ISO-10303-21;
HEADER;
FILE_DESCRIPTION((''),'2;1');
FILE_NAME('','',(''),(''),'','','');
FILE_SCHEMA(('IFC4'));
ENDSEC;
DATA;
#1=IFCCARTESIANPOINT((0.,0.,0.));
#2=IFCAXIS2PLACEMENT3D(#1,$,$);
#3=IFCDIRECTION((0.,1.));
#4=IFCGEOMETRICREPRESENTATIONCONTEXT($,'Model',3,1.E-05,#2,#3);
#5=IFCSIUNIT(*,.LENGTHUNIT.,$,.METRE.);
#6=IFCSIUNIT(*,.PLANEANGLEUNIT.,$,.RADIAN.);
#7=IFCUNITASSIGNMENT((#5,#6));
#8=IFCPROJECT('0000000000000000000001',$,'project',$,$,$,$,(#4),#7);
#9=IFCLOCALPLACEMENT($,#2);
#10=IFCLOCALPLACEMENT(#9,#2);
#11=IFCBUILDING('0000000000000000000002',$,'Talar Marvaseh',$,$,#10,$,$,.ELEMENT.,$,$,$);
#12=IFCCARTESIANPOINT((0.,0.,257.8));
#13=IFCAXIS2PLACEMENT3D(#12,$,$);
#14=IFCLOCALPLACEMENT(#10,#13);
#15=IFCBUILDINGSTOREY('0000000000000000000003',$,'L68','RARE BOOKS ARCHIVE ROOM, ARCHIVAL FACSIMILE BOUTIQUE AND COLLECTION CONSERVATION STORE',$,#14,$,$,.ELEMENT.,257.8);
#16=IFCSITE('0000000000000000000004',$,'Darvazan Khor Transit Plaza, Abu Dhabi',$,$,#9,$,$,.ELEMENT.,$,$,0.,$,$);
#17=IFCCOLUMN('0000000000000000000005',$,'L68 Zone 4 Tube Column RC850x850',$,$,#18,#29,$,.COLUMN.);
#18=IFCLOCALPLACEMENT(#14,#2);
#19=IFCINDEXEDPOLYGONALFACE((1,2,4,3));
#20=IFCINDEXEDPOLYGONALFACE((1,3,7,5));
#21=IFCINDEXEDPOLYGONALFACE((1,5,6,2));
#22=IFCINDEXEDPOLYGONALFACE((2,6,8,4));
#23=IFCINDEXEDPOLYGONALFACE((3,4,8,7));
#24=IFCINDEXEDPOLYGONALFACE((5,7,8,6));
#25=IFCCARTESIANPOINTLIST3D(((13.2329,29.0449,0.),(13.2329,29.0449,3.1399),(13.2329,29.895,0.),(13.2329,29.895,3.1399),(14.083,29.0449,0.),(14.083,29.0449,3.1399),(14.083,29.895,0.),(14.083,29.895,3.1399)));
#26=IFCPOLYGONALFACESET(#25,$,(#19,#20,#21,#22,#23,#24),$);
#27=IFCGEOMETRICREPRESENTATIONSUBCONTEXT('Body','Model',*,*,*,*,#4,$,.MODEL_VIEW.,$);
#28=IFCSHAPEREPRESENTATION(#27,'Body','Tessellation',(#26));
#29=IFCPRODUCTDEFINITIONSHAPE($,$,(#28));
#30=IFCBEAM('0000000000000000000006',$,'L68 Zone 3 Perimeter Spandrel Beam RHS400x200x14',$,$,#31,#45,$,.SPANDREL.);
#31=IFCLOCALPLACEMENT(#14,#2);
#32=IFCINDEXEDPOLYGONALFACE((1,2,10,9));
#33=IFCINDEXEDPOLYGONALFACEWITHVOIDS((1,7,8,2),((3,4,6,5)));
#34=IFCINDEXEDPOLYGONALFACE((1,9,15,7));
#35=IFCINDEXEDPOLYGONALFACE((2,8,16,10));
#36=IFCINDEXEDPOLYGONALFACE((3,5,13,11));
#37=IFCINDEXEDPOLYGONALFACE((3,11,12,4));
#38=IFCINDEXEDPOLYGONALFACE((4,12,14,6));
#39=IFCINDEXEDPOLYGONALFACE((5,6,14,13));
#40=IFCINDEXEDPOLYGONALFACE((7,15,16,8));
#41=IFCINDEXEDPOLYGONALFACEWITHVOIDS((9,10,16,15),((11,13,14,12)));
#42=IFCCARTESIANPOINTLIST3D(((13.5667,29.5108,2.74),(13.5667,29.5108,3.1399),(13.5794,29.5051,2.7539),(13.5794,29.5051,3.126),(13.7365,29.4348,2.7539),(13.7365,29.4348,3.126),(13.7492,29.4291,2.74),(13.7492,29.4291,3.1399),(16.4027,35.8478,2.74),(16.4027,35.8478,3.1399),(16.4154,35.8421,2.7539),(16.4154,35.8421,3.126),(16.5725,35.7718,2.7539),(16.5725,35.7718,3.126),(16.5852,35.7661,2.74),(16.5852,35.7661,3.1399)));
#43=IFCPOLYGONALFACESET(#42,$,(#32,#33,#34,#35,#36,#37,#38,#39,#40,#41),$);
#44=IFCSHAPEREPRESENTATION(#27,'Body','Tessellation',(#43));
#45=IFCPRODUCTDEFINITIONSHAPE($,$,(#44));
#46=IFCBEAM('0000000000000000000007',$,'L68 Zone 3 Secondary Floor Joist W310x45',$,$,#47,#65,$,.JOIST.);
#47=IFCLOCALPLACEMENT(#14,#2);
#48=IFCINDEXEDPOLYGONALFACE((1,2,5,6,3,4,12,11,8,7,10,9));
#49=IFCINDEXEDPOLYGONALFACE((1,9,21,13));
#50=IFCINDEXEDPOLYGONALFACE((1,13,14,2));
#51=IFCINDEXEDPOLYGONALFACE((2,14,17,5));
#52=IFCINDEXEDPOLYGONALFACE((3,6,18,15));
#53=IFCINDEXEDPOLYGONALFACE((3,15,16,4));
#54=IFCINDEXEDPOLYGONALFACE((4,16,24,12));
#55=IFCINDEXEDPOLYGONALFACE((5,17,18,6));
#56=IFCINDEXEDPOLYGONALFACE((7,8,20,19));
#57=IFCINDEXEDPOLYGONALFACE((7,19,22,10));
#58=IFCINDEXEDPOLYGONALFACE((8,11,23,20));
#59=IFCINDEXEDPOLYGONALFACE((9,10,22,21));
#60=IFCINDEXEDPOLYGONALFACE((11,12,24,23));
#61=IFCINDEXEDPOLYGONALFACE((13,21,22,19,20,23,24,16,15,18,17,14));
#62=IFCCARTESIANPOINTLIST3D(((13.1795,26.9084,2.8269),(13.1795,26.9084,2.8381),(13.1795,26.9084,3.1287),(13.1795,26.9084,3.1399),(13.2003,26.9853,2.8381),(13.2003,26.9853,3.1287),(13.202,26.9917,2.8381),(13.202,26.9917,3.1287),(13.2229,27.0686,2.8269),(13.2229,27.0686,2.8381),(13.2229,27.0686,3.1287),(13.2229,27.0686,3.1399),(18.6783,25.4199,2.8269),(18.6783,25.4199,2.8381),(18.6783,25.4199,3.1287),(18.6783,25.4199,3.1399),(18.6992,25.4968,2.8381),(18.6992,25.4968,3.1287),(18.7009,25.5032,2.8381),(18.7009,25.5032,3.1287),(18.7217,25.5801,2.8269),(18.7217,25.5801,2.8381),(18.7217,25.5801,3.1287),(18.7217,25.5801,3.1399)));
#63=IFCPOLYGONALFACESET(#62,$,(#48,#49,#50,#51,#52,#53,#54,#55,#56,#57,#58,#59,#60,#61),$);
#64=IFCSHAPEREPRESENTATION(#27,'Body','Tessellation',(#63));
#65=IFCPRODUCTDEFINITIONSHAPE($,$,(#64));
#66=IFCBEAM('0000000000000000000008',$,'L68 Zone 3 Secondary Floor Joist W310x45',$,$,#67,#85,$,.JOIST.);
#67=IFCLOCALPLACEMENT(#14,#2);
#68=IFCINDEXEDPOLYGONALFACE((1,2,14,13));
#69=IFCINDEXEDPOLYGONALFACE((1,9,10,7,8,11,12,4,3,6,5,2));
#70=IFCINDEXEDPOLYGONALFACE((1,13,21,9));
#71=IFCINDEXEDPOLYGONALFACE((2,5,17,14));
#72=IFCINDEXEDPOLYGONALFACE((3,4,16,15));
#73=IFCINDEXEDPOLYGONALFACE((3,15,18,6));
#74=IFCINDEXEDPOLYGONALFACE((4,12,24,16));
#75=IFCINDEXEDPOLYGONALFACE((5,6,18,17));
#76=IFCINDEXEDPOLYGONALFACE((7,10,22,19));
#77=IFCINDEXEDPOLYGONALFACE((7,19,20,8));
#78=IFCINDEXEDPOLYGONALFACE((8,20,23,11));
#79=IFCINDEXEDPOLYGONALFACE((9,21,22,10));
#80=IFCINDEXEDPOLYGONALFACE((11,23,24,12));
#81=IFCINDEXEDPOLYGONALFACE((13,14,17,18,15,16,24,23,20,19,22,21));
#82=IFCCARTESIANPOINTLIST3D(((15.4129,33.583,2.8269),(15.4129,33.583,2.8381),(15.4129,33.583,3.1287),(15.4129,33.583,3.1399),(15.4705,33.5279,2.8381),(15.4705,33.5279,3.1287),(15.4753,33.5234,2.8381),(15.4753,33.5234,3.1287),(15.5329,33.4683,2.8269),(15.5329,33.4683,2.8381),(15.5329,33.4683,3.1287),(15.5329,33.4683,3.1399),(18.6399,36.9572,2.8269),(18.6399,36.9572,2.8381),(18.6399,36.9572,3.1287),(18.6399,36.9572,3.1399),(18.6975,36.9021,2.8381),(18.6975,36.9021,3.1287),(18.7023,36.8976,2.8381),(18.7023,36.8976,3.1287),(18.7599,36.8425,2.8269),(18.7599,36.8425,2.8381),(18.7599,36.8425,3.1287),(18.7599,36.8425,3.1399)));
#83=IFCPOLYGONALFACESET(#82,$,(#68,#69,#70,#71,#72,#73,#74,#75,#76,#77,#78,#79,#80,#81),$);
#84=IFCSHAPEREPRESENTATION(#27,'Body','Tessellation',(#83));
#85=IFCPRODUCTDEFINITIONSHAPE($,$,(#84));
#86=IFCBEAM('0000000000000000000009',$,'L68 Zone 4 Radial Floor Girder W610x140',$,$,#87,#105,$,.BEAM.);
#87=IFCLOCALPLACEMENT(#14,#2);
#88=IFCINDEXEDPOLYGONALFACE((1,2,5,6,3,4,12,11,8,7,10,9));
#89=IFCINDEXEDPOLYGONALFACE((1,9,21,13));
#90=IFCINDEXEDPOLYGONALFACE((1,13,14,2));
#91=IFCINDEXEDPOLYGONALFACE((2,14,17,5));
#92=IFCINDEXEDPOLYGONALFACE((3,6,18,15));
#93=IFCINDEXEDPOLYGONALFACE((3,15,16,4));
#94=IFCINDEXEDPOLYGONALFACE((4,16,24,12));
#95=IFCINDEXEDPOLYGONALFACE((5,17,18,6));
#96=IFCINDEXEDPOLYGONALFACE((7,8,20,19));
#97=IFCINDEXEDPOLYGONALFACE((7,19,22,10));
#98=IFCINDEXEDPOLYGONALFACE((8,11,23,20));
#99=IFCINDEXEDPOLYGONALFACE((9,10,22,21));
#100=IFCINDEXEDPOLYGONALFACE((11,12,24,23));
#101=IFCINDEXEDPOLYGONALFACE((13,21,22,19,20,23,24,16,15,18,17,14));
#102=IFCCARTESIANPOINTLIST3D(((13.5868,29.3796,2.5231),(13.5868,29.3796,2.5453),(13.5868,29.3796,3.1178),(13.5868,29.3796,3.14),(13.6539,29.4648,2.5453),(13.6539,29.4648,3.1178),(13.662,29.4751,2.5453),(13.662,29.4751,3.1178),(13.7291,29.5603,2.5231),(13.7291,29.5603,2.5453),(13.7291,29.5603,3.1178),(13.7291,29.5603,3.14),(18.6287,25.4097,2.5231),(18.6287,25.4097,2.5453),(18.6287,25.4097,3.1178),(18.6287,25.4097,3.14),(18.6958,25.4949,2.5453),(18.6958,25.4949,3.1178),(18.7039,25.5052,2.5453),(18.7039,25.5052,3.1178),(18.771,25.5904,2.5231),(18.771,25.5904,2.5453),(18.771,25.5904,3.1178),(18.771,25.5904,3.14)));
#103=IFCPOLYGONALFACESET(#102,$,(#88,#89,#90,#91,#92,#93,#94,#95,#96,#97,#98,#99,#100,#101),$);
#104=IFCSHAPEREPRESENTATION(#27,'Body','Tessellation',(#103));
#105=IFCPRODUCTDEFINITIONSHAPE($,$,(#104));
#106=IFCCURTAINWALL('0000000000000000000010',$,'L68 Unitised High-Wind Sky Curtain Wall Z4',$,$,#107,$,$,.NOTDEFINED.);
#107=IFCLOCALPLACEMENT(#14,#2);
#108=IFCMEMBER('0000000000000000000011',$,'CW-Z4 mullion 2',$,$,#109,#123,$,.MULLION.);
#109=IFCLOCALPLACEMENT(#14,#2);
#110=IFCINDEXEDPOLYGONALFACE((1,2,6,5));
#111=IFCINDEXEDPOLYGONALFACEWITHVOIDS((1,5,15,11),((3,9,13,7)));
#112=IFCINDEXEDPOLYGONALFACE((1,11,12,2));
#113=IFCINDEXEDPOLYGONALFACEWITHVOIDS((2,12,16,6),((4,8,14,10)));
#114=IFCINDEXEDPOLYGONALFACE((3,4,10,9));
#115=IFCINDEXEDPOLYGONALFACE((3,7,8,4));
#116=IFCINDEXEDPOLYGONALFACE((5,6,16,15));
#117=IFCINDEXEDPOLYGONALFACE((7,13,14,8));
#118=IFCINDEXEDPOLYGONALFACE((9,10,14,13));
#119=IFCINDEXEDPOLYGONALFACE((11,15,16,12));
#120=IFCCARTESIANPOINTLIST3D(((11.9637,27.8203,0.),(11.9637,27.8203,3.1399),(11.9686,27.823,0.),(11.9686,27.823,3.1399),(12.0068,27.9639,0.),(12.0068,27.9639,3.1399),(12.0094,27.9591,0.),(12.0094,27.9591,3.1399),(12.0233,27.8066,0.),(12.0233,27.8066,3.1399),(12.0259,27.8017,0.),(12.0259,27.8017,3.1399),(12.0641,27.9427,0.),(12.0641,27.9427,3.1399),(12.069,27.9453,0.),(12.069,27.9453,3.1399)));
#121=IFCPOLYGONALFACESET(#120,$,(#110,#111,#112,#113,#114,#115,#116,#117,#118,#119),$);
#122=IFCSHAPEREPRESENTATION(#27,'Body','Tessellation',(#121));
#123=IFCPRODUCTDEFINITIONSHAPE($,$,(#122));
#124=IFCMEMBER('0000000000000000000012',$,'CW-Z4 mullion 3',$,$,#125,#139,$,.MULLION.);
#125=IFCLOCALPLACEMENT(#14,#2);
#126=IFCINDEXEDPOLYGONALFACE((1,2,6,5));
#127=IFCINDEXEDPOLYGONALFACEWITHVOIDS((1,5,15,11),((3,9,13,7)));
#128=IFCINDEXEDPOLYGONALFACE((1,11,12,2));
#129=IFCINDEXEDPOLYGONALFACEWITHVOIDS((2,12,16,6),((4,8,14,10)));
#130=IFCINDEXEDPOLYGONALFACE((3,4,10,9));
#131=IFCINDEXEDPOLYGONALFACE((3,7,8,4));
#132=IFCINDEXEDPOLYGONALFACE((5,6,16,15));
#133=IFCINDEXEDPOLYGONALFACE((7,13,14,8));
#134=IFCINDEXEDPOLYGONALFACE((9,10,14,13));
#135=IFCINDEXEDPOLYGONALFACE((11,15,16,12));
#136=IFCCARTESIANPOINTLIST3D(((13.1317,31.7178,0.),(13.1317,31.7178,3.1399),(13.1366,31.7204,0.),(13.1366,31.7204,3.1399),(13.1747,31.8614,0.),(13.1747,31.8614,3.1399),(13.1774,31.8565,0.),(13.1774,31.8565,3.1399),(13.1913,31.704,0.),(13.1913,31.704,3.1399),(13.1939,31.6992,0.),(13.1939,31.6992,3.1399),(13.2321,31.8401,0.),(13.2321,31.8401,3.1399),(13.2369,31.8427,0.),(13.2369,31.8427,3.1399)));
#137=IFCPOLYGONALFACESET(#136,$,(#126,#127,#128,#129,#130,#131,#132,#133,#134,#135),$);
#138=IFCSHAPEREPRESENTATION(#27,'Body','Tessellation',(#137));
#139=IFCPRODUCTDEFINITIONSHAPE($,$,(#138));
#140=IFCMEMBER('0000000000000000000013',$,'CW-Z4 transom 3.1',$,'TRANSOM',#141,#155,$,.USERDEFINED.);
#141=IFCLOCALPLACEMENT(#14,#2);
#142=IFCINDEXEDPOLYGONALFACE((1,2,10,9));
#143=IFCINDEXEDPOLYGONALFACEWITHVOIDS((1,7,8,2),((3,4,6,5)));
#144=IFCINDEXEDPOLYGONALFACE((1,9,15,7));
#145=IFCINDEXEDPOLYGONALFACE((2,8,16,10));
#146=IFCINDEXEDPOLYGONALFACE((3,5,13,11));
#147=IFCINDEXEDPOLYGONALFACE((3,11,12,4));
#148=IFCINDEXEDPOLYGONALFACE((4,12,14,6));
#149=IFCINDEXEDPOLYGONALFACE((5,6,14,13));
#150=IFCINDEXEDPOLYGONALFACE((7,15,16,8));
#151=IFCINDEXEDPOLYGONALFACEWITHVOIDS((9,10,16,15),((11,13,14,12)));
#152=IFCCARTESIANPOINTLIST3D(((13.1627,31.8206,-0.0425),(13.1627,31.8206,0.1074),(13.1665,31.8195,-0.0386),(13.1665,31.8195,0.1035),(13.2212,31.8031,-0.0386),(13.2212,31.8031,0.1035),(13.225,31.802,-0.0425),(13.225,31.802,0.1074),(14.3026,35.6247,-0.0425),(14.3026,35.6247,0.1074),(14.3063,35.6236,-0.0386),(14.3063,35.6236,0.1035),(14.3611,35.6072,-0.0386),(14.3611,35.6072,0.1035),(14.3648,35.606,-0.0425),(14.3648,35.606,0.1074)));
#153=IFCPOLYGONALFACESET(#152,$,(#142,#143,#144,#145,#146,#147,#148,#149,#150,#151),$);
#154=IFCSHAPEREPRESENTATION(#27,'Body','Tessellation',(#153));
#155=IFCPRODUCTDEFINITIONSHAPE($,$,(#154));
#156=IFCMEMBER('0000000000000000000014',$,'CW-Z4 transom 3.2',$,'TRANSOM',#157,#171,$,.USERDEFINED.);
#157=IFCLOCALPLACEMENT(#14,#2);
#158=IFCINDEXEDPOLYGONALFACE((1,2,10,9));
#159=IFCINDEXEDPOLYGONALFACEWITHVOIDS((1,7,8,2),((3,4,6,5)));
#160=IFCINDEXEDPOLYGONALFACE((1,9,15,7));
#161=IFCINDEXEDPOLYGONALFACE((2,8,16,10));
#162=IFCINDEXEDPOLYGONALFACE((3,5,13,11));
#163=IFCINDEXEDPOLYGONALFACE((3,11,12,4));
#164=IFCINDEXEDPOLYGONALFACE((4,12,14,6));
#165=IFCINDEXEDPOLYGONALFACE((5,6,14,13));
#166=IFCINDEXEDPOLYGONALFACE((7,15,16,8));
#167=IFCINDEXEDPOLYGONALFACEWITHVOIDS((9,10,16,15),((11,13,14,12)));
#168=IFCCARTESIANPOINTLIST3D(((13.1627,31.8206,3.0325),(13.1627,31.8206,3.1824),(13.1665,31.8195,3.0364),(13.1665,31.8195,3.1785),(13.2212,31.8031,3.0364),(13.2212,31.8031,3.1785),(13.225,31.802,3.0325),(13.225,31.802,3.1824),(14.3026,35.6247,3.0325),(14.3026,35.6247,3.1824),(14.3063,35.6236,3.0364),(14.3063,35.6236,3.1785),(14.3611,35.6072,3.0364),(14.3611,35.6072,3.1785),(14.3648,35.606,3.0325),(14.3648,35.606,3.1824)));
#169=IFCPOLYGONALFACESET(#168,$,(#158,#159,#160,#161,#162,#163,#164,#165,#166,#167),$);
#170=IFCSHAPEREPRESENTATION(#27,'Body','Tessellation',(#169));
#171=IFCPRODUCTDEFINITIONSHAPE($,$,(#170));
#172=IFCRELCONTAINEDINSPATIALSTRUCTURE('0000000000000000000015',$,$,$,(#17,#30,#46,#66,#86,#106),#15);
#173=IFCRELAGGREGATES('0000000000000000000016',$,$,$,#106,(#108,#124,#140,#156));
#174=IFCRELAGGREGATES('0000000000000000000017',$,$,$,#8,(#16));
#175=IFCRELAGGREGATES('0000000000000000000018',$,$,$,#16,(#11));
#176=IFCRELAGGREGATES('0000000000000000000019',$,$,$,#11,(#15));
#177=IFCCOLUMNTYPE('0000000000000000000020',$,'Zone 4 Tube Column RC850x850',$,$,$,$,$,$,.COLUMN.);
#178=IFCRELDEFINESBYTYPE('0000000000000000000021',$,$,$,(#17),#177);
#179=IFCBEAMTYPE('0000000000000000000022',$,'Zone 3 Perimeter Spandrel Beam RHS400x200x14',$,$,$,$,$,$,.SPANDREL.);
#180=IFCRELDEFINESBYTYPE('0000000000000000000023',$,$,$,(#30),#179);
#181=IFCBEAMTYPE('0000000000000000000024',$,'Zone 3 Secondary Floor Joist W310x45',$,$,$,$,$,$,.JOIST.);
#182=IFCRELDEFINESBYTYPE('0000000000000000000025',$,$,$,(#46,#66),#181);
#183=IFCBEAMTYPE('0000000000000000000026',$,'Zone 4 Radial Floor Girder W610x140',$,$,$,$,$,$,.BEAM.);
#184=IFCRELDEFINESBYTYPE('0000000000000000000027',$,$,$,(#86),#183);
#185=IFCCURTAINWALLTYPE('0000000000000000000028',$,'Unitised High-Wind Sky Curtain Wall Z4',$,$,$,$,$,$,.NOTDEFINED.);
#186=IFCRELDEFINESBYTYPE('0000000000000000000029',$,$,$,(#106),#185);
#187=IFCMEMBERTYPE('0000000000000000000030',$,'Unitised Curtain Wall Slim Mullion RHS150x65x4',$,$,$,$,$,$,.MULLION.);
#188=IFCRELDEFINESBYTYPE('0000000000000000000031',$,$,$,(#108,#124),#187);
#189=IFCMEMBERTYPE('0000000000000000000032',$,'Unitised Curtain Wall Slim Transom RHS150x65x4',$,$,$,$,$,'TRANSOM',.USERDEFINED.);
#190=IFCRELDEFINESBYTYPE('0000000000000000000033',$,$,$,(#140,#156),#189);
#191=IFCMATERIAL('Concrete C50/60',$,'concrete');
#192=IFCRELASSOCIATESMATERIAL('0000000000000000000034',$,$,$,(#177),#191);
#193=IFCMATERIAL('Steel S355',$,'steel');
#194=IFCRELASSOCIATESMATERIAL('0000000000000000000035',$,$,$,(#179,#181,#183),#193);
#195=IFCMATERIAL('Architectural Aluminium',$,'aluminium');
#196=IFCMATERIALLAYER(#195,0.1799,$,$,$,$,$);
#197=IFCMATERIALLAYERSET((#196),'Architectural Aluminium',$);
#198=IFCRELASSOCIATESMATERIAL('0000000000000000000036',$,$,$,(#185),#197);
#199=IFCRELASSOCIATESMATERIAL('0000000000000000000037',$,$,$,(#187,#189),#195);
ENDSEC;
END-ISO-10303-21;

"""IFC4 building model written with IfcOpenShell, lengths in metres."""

from ifc_helpers import new_model, si_unit, direction, frame, origin, origin_2d, place, context, subcontext, project, spatial, rectangle, hollow_rectangle, i_section, extrude, source, transform, mapped, material, layer, layer_set, material_profile, profile_set, type_object, type_shapes, element, aggregate, save


model = new_model("IFC4")

# Units and contexts
model_context = context("Model", 3, precision=1e-05, world=origin(), true_north=direction((0.0, 1.0)))
body_context = subcontext(model_context, "Body", "Model", "MODEL_VIEW")
ifc_project = project(units=[si_unit("LENGTHUNIT", "METRE"), si_unit("PLANEANGLEUNIT", "RADIAN")], contexts=[model_context])

# Site, building, storey
site_placement = place(None, origin())
site = spatial("IfcSite", under=ifc_project, at=site_placement, Name="Darvazan Khor Transit Plaza, Abu Dhabi", CompositionType="ELEMENT", RefElevation=0.0)
building_placement = place(site_placement, origin())
building = spatial("IfcBuilding", under=site, at=building_placement, Name="Talar Marvaseh", CompositionType="ELEMENT")
storey_placement = place(building_placement, frame((0.0, 0.0, 257.8)))
storey = spatial("IfcBuildingStorey", under=building, at=storey_placement, Name="L68", Description="RARE BOOKS ARCHIVE ROOM, ARCHIVAL FACSIMILE BOUTIQUE AND COLLECTION CONSERVATION STORE", CompositionType="ELEMENT", Elevation=257.8)

# Column
ifc_material_1 = material(Name="Concrete C50/60", Category="concrete")
ifc_material_profile_1 = material_profile(ifc_material_1, rectangle(XDim=0.8501, YDim=0.8501, at=origin_2d()), Name="RC850x850")
ifc_profile_set_1 = profile_set([ifc_material_profile_1], Name="Concrete C50/60")
column_type = type_object("IfcColumnType", Name="Zone 4 Tube Column RC850x850", PredefinedType="COLUMN", material=ifc_profile_set_1)
column_placement = place(storey_placement, frame((13.658, 29.47, 0.0), z_axis=(0.0, 0.0, 1.0), x_axis=(1.0, 0.0, 0.0)))
element("IfcColumn", 1, at=column_placement, inside=storey, type_object=column_type, Name="L68 Zone 4 Tube Column RC850x850", PredefinedType="COLUMN", context=body_context, shape_type="SweptSolid", body=[
    extrude(rectangle(XDim=0.8501, YDim=0.8501, at=origin_2d()), origin(), (0.0, 0.0, 1.0), 3.1399),
])

# Beams
ifc_material_2 = material(Name="Steel S355", Category="steel")
ifc_material_profile_2 = material_profile(ifc_material_2, hollow_rectangle(XDim=0.2, YDim=0.3999, WallThickness=0.0139, at=origin_2d()), Name="RHS400x200x14")
ifc_profile_set_2 = profile_set([ifc_material_profile_2], Name="Steel S355")
beam_type_1 = type_object("IfcBeamType", Name="Zone 3 Perimeter Spandrel Beam RHS400x200x14", PredefinedType="SPANDREL", material=ifc_profile_set_2)
beam_1_placement = place(storey_placement, frame((13.658, 29.47, 2.9399), z_axis=(0.408486, 0.912764, 0.0), x_axis=(-0.912764, 0.408486, 0.0)))
element("IfcBeam", 2, at=beam_1_placement, inside=storey, type_object=beam_type_1, Name="L68 Zone 3 Perimeter Spandrel Beam RHS400x200x14", PredefinedType="SPANDREL", context=body_context, shape_type="SweptSolid", body=[
    extrude(hollow_rectangle(XDim=0.2, YDim=0.3999, WallThickness=0.0139, at=origin_2d()), origin(), (0.0, 0.0, 1.0), 6.9426),
])
ifc_material_profile_3 = material_profile(ifc_material_2, i_section(OverallWidth=0.166, OverallDepth=0.313, WebThickness=0.0066, FlangeThickness=0.0112, at=origin_2d()), Name="W310x45")
ifc_profile_set_3 = profile_set([ifc_material_profile_3], Name="Steel S355")
beam_type_2 = type_object("IfcBeamType", Name="Zone 3 Secondary Floor Joist W310x45", PredefinedType="JOIST", material=ifc_profile_set_3)
beam_2_placement = place(storey_placement, frame((13.2012, 26.9885, 2.9834), z_axis=(0.965259, -0.261297, 0.0), x_axis=(0.261297, 0.965259, 0.0)))
element("IfcBeam", 3, at=beam_2_placement, inside=storey, type_object=beam_type_2, Name="L68 Zone 3 Secondary Floor Joist W310x45", PredefinedType="JOIST", context=body_context, shape_type="SweptSolid", body=[
    extrude(i_section(OverallWidth=0.166, OverallDepth=0.313, WebThickness=0.0066, FlangeThickness=0.0112, at=origin_2d()), origin(), (0.0, 0.0, 1.0), 5.6968),
])
beam_3_placement = place(storey_placement, frame((15.4729, 33.5256, 2.9834), z_axis=(0.691166, 0.722696, 0.0), x_axis=(-0.722696, 0.691166, 0.0)))
element("IfcBeam", 4, at=beam_3_placement, inside=storey, type_object=beam_type_2, Name="L68 Zone 3 Secondary Floor Joist W310x45", PredefinedType="JOIST", context=body_context, shape_type="SweptSolid", body=[
    extrude(i_section(OverallWidth=0.166, OverallDepth=0.313, WebThickness=0.0066, FlangeThickness=0.0112, at=origin_2d()), origin(), (0.0, 0.0, 1.0), 4.6689),
])
ifc_material_profile_4 = material_profile(ifc_material_2, i_section(OverallWidth=0.23, OverallDepth=0.6169, WebThickness=0.0132, FlangeThickness=0.0222, at=origin_2d()), Name="W610x140")
ifc_profile_set_4 = profile_set([ifc_material_profile_4], Name="Steel S355")
beam_type_3 = type_object("IfcBeamType", Name="Zone 4 Radial Floor Girder W610x140", PredefinedType="BEAM", material=ifc_profile_set_4)
beam_4_placement = place(storey_placement, frame((13.658, 29.47, 2.8315), z_axis=(0.785682, -0.618631, 0.0), x_axis=(0.618631, 0.785682, 0.0)))
element("IfcBeam", 5, at=beam_4_placement, inside=storey, type_object=beam_type_3, Name="L68 Zone 4 Radial Floor Girder W610x140", PredefinedType="BEAM", context=body_context, shape_type="SweptSolid", body=[
    extrude(i_section(OverallWidth=0.23, OverallDepth=0.6169, WebThickness=0.0132, FlangeThickness=0.0222, at=origin_2d()), origin(), (0.0, 0.0, 1.0), 6.4172),
])

# Curtain wall, members
ifc_material_3 = material(Name="Architectural Aluminium", Category="aluminium")
ifc_layer_1 = layer(ifc_material_3, 0.1799)
ifc_layer_set_1 = layer_set([ifc_layer_1], Name="Architectural Aluminium")
curtain_wall_type = type_object("IfcCurtainWallType", Name="Unitised High-Wind Sky Curtain Wall Z4", PredefinedType="NOTDEFINED", material=ifc_layer_set_1)
curtain_wall_placement = place(storey_placement, origin())
curtain_wall = element("IfcCurtainWall", 6, at=curtain_wall_placement, inside=storey, type_object=curtain_wall_type, Name="L68 Unitised High-Wind Sky Curtain Wall Z4", PredefinedType="NOTDEFINED")
ifc_material_profile_5 = material_profile(ifc_material_3, hollow_rectangle(XDim=0.0649, YDim=0.1499, WallThickness=0.0039, at=origin_2d()), Name="RHS150x65x4")
ifc_profile_set_5 = profile_set([ifc_material_profile_5], Name="Architectural Aluminium")
member_type_1 = type_object("IfcMemberType", Name="Unitised Curtain Wall Slim Mullion RHS150x65x4", PredefinedType="MULLION", material=ifc_profile_set_5)
shared_shape_1 = source(origin(), body_context, "Body", "SweptSolid", [
    extrude(hollow_rectangle(XDim=0.0649, YDim=0.1499, WallThickness=0.0039, at=origin_2d()), origin(), (0.0, 0.0, 1.0), 3.1399),
])
type_shapes(member_type_1, [shared_shape_1])
member_1_placement = place(storey_placement, frame((12.0164, 27.8828, 0.0), z_axis=(0.0, 0.0, 1.0), x_axis=(-0.957912, 0.287063, 0.0)))
member_1 = element("IfcMember", 7, at=member_1_placement, type_object=member_type_1, Name="CW-Z4 mullion 2", PredefinedType="MULLION", context=body_context, shape_type="MappedRepresentation", body=[
    mapped(shared_shape_1, transform((0.0, 0.0, 0.0), x_axis=(1.0, 0.0, 0.0), y_axis=(0.0, 1.0, 0.0), z_axis=(0.0, 0.0, 1.0), scale=1.0)),
])
member_2_placement = place(storey_placement, frame((13.1843, 31.7803, 0.0), z_axis=(0.0, 0.0, 1.0), x_axis=(-0.957912, 0.287063, 0.0)))
member_2 = element("IfcMember", 8, at=member_2_placement, type_object=member_type_1, Name="CW-Z4 mullion 3", PredefinedType="MULLION", context=body_context, shape_type="MappedRepresentation", body=[
    mapped(shared_shape_1, transform((0.0, 0.0, 0.0), x_axis=(1.0, 0.0, 0.0), y_axis=(0.0, 1.0, 0.0), z_axis=(0.0, 0.0, 1.0), scale=1.0)),
])
ifc_material_profile_6 = material_profile(ifc_material_3, hollow_rectangle(XDim=0.0649, YDim=0.1499, WallThickness=0.0039, at=origin_2d()), Name="RHS150x65x4")
ifc_profile_set_6 = profile_set([ifc_material_profile_6], Name="Architectural Aluminium")
member_type_2 = type_object("IfcMemberType", Name="Unitised Curtain Wall Slim Transom RHS150x65x4", ElementType="TRANSOM", PredefinedType="USERDEFINED", material=ifc_profile_set_6)
shared_shape_2 = source(origin(), body_context, "Body", "SweptSolid", [
    extrude(hollow_rectangle(XDim=0.0649, YDim=0.1499, WallThickness=0.0039, at=origin_2d()), origin(), (0.0, 0.0, 1.0), 3.9712),
])
member_3_placement = place(storey_placement, frame((13.1938, 31.8113, 0.0325), z_axis=(0.287032, 0.957921, 0.0), x_axis=(-0.957921, 0.287032, 0.0)))
member_3 = element("IfcMember", 9, at=member_3_placement, type_object=member_type_2, Name="CW-Z4 transom 3.1", ObjectType="TRANSOM", PredefinedType="USERDEFINED", context=body_context, shape_type="MappedRepresentation", body=[
    mapped(shared_shape_2, transform((0.0, 0.0, 0.0), x_axis=(1.0, 0.0, 0.0), y_axis=(0.0, 1.0, 0.0), z_axis=(0.0, 0.0, 1.0), scale=1.0)),
])
member_4_placement = place(storey_placement, frame((13.1938, 31.8113, 3.1074), z_axis=(0.287032, 0.957921, 0.0), x_axis=(-0.957921, 0.287032, 0.0)))
member_4 = element("IfcMember", 10, at=member_4_placement, type_object=member_type_2, Name="CW-Z4 transom 3.2", ObjectType="TRANSOM", PredefinedType="USERDEFINED", context=body_context, shape_type="MappedRepresentation", body=[
    mapped(shared_shape_2, transform((0.0, 0.0, 0.0), x_axis=(1.0, 0.0, 0.0), y_axis=(0.0, 1.0, 0.0), z_axis=(0.0, 0.0, 1.0), scale=1.0)),
])
aggregate(curtain_wall, [member_1, member_2, member_3, member_4])

save(model, "model.ifc")
